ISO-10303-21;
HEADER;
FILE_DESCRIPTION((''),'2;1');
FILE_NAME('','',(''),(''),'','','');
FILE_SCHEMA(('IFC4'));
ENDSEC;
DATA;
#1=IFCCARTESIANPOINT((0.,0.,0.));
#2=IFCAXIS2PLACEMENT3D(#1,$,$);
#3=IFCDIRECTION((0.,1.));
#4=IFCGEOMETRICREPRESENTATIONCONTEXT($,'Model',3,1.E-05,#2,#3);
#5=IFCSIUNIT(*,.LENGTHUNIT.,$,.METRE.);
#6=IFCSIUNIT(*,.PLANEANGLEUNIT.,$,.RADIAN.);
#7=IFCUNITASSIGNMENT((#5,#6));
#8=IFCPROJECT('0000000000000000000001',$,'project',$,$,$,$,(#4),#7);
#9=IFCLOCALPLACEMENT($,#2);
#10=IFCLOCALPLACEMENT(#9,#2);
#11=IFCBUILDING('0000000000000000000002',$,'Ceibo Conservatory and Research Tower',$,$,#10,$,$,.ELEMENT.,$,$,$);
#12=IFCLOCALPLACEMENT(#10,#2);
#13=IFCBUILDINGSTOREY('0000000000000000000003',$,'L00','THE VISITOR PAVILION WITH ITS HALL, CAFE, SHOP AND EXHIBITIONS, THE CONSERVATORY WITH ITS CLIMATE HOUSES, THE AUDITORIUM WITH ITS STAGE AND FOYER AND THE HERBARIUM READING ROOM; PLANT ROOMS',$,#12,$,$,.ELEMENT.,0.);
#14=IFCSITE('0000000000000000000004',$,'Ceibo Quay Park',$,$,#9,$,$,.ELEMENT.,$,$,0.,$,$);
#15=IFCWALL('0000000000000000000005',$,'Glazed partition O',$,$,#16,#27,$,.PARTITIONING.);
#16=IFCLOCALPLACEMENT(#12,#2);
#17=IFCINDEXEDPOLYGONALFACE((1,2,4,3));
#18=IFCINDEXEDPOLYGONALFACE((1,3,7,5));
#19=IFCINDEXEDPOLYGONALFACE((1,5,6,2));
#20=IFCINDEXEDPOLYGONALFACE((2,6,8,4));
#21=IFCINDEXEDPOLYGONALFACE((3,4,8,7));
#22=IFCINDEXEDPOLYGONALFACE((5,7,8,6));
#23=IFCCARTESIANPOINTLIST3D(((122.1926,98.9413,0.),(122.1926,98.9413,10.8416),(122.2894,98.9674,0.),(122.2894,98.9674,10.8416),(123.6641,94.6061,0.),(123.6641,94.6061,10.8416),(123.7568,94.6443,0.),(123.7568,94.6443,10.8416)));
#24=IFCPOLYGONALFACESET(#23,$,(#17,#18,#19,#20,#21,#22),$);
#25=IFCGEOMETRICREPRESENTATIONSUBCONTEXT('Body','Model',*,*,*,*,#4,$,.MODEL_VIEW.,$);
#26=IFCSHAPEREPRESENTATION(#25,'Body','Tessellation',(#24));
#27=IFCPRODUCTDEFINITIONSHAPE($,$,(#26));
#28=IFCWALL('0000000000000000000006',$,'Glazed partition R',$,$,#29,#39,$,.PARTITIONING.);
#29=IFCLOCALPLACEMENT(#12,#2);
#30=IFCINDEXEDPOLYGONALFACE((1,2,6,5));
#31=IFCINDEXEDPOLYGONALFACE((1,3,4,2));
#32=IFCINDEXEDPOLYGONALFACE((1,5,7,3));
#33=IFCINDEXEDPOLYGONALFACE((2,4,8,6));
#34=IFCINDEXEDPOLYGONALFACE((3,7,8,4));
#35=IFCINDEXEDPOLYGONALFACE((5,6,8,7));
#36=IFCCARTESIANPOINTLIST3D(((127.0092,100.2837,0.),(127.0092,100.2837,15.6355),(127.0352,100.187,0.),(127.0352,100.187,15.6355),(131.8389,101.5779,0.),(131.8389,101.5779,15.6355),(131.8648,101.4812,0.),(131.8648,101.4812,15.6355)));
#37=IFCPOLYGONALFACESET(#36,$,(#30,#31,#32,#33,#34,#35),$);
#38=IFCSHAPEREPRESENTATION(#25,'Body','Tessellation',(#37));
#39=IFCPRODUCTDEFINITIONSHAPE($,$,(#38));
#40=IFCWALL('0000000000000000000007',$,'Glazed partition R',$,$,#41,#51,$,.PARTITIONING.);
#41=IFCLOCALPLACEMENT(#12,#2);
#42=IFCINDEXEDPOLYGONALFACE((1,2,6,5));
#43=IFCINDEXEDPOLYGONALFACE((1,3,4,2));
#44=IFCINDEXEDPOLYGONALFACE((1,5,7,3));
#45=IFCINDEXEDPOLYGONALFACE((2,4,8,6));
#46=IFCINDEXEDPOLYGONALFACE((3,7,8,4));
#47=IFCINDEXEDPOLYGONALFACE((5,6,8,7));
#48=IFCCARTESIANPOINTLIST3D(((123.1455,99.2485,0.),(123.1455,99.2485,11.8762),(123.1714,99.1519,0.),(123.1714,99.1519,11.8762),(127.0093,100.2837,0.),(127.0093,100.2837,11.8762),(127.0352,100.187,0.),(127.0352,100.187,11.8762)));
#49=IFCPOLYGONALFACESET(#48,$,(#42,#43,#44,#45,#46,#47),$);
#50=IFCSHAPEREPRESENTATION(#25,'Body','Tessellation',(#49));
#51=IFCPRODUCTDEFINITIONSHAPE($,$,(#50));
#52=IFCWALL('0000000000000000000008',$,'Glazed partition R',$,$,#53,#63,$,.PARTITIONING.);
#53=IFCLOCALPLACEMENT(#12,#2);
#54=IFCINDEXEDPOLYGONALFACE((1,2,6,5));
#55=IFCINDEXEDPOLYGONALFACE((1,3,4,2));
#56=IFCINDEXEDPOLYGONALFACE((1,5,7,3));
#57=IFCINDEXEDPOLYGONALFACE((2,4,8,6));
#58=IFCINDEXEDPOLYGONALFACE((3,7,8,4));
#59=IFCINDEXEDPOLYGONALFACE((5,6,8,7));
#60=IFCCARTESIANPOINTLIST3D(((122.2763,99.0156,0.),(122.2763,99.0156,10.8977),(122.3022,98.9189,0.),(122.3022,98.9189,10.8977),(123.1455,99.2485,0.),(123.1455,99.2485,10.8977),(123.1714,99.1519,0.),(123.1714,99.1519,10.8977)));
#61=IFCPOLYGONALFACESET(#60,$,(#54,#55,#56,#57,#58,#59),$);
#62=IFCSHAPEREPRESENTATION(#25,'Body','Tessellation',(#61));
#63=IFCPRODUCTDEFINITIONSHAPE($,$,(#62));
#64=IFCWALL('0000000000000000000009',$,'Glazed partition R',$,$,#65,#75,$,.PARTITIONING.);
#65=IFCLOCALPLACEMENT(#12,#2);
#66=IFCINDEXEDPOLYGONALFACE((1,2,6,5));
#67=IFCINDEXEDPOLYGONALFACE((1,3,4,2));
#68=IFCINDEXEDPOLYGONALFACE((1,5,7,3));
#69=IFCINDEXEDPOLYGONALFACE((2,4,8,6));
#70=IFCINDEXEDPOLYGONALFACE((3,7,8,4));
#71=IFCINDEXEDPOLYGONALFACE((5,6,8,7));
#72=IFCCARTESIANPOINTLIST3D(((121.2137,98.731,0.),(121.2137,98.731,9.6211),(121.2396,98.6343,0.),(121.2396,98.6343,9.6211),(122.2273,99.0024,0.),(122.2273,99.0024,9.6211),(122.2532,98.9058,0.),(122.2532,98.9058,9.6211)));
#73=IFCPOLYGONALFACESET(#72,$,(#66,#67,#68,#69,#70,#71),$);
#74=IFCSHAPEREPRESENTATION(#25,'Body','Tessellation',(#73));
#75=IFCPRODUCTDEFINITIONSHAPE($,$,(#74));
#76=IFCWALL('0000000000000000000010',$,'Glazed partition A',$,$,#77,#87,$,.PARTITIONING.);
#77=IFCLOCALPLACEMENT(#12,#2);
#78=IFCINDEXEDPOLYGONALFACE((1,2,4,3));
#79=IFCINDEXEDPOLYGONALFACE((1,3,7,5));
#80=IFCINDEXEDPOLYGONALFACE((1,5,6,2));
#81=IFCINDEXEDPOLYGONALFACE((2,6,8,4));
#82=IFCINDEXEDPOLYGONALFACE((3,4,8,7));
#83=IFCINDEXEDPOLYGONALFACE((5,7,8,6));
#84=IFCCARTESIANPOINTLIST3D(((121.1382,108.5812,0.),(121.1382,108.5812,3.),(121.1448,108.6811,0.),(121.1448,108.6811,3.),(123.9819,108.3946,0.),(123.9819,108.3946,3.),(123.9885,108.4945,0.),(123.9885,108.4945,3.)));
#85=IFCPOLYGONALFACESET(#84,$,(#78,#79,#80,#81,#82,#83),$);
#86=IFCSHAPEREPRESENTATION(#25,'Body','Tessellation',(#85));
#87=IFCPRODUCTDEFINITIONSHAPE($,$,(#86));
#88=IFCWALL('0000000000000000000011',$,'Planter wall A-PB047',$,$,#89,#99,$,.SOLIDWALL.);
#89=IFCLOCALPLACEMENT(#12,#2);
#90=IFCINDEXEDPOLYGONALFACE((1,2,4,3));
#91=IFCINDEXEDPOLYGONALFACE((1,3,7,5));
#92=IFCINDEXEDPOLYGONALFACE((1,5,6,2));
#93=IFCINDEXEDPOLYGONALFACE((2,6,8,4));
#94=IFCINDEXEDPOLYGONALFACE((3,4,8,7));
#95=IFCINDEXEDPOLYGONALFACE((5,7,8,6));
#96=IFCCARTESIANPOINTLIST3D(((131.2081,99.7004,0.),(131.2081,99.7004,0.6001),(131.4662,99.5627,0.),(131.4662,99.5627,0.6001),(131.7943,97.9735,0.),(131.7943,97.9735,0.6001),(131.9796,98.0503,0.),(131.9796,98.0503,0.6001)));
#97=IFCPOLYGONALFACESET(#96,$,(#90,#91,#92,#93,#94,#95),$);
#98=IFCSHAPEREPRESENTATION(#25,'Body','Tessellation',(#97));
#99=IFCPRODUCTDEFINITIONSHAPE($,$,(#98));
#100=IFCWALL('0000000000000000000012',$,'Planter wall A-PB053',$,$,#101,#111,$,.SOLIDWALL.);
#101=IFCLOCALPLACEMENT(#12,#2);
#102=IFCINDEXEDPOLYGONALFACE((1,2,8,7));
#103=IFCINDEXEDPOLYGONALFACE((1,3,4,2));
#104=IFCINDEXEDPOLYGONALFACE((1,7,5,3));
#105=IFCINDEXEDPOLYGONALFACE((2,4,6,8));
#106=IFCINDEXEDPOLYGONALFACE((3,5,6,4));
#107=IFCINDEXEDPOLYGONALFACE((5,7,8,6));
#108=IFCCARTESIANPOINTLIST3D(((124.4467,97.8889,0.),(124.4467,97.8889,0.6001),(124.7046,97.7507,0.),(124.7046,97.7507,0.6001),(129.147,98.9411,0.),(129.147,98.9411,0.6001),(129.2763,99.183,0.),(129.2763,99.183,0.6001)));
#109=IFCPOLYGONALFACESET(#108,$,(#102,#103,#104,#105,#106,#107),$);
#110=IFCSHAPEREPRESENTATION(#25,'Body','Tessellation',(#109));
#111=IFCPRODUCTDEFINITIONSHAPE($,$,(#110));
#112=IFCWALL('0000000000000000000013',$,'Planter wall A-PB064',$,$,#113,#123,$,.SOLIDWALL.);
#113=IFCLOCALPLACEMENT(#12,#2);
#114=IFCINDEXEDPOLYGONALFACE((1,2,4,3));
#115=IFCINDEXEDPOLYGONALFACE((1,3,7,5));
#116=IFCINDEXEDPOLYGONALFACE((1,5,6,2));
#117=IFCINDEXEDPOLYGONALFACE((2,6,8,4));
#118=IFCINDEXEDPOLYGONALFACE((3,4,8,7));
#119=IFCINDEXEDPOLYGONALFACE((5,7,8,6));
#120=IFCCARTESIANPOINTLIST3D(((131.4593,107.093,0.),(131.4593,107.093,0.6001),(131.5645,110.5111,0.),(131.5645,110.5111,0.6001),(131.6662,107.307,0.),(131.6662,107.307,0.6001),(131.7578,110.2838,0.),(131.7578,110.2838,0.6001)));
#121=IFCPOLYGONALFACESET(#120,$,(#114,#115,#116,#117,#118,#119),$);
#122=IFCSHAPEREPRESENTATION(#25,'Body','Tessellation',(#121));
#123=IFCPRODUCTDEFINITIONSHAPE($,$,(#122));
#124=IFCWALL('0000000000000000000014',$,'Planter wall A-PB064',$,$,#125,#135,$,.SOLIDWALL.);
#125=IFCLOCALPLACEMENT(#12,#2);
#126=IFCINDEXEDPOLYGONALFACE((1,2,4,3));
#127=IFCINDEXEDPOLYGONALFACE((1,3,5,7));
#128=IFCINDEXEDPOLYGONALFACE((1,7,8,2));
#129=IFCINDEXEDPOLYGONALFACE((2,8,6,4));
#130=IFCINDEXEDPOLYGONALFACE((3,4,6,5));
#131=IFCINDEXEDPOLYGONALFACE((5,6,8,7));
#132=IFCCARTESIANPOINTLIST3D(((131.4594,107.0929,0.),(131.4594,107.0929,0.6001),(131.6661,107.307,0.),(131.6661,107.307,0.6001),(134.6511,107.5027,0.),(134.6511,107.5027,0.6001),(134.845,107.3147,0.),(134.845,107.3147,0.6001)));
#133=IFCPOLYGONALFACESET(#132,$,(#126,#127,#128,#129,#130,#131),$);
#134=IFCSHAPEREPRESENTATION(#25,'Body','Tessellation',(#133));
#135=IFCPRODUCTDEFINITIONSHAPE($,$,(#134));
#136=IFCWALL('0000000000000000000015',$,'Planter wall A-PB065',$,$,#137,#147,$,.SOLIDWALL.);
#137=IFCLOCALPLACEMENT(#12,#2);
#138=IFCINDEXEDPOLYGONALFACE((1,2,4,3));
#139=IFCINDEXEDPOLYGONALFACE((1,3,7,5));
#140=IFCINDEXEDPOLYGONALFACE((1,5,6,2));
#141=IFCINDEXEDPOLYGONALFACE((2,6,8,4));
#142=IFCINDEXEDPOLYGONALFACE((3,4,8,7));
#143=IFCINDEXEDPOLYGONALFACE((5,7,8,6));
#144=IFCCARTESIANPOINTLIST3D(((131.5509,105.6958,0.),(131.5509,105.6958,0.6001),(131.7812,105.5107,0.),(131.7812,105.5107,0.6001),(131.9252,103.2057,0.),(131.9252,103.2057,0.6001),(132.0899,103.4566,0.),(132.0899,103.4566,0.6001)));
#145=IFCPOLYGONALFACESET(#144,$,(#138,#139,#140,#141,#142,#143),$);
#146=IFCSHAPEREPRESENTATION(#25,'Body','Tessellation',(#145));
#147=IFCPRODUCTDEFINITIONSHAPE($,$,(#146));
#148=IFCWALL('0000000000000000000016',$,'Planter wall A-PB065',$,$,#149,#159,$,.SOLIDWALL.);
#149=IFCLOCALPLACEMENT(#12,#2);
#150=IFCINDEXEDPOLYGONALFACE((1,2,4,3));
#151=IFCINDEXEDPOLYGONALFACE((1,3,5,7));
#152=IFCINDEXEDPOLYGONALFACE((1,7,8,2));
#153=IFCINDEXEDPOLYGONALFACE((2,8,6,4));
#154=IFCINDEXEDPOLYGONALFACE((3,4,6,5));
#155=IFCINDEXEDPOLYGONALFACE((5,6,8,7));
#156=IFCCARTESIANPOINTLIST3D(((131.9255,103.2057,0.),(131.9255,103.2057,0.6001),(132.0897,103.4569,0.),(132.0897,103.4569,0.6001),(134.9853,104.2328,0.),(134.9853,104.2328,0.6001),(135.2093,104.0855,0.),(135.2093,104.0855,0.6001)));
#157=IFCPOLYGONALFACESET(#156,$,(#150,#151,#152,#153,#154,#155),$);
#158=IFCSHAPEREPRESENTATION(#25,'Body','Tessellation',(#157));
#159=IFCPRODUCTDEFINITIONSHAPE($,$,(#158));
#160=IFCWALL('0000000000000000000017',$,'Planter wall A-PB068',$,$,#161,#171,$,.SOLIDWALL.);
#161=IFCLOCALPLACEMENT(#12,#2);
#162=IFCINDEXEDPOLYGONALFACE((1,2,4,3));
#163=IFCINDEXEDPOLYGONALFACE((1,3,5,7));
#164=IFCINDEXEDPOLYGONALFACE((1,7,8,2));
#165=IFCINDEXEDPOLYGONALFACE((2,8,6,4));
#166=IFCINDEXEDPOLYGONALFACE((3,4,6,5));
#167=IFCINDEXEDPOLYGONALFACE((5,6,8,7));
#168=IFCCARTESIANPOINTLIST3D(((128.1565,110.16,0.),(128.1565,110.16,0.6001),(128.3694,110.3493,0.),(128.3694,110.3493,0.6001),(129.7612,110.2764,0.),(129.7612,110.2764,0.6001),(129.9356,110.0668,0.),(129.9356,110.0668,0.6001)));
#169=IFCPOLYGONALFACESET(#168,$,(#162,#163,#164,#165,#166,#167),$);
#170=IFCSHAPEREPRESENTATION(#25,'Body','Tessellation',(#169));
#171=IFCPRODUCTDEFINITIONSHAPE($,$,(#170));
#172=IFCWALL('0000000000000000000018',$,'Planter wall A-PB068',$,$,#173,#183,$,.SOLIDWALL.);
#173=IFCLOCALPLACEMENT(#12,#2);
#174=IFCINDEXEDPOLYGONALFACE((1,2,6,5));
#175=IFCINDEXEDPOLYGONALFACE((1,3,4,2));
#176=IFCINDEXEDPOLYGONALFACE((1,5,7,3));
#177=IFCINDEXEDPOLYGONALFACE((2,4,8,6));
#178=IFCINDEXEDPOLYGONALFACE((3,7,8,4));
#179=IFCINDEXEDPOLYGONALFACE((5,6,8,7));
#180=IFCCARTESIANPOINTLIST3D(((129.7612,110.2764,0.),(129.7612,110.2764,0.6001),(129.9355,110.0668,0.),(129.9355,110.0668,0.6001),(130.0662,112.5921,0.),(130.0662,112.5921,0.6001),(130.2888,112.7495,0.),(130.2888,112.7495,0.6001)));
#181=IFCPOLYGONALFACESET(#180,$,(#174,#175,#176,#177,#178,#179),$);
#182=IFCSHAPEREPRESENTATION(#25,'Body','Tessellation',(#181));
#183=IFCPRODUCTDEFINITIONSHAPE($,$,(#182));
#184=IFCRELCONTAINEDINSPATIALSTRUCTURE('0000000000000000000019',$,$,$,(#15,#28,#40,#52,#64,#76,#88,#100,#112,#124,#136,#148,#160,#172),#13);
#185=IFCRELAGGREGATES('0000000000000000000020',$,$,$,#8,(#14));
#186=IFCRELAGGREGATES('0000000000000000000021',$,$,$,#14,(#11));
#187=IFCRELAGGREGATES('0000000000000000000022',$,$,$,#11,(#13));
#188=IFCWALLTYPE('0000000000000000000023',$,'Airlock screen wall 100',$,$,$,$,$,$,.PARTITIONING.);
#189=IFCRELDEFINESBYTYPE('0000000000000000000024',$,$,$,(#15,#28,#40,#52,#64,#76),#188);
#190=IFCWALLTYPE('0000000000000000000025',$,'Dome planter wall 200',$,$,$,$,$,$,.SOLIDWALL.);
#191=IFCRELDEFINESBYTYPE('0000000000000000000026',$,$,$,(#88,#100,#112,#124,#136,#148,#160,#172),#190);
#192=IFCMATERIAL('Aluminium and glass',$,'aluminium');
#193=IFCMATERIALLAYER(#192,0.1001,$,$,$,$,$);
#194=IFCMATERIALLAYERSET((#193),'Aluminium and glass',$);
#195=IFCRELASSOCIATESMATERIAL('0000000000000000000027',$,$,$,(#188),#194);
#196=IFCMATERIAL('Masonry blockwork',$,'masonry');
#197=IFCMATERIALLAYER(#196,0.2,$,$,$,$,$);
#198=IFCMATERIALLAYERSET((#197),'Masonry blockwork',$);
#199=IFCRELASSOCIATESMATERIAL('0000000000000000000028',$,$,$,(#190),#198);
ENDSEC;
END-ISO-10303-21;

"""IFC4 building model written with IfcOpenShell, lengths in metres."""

from ifc_helpers import new_model, si_unit, direction, frame, frame_2d, origin, place, context, subcontext, project, spatial, polyline, rectangle, outline, extrude, material, layer, layer_set, type_object, element, save


model = new_model("IFC4")

# Units and contexts
model_context = context("Model", 3, precision=1e-05, world=origin(), true_north=direction((0.0, 1.0)))
body_context = subcontext(model_context, "Body", "Model", "MODEL_VIEW")
ifc_project = project(units=[si_unit("LENGTHUNIT", "METRE"), si_unit("PLANEANGLEUNIT", "RADIAN")], contexts=[model_context])

# Site, building, storey
site_placement = place(None, origin())
site = spatial("IfcSite", under=ifc_project, at=site_placement, Name="Ceibo Quay Park", CompositionType="ELEMENT", RefElevation=0.0)
building_placement = place(site_placement, origin())
building = spatial("IfcBuilding", under=site, at=building_placement, Name="Ceibo Conservatory and Research Tower", CompositionType="ELEMENT")
storey_placement = place(building_placement, origin())
storey = spatial("IfcBuildingStorey", under=building, at=storey_placement, Name="L00", Description="THE VISITOR PAVILION WITH ITS HALL, CAFE, SHOP AND EXHIBITIONS, THE CONSERVATORY WITH ITS CLIMATE HOUSES, THE AUDITORIUM WITH ITS STAGE AND FOYER AND THE HERBARIUM READING ROOM; PLANT ROOMS", CompositionType="ELEMENT", Elevation=0.0)

# Walls
ifc_material_1 = material(Name="Aluminium and glass", Category="aluminium")
ifc_layer_1 = layer(ifc_material_1, 0.1001)
ifc_layer_set_1 = layer_set([ifc_layer_1], Name="Aluminium and glass")
wall_type_1 = type_object("IfcWallType", Name="Airlock screen wall 100", PredefinedType="PARTITIONING", material=ifc_layer_set_1)
for number, where, z_axis, x_axis, name in (
    (1, (122.241, 98.9543, 0.0), (0.0, 0.0, 1.0), (0.32143, -0.946933, 0.0), "Glazed partition O"),
):
    element("IfcWall", number, at=place(storey_placement, frame(where, z_axis=z_axis, x_axis=x_axis)), inside=storey, type_object=wall_type_1, Name=name, PredefinedType="PARTITIONING", context=body_context, shape_type="SweptSolid", body=[
        extrude(outline(polyline([(-0.0032, -0.05), (4.575, -0.05), (4.5686, 0.05), (0.0032, 0.05), (-0.0032, -0.05)])), origin(), (0.0, 0.0, 1.0), 10.8416),
    ])
wall_1_placement = place(storey_placement, frame((131.8518, 101.5295, 0.0), z_axis=(0.0, 0.0, 1.0), x_axis=(-0.965921, -0.258839, 0.0)))
element("IfcWall", 2, at=wall_1_placement, inside=storey, type_object=wall_type_1, Name="Glazed partition R", PredefinedType="PARTITIONING", context=body_context, shape_type="SweptSolid", body=[
    extrude(rectangle(XDim=5.0, YDim=0.1001, at=frame_2d((2.5, 0.0))), origin(), (0.0, 0.0, 1.0), 15.6355),
])
wall_2_placement = place(storey_placement, frame((127.0222, 100.2354, 0.0), z_axis=(0.0, 0.0, 1.0), x_axis=(-0.965934, -0.258787, 0.0)))
element("IfcWall", 3, at=wall_2_placement, inside=storey, type_object=wall_type_1, Name="Glazed partition R", PredefinedType="PARTITIONING", context=body_context, shape_type="SweptSolid", body=[
    extrude(rectangle(XDim=4.0, YDim=0.1001, at=frame_2d((2.0, 0.0))), origin(), (0.0, 0.0, 1.0), 11.8762),
])
wall_3_placement = place(storey_placement, frame((123.1584, 99.2002, 0.0), z_axis=(0.0, 0.0, 1.0), x_axis=(-0.965919, -0.258845, 0.0)))
element("IfcWall", 4, at=wall_3_placement, inside=storey, type_object=wall_type_1, Name="Glazed partition R", PredefinedType="PARTITIONING", context=body_context, shape_type="SweptSolid", body=[
    extrude(rectangle(XDim=0.8999, YDim=0.1001, at=frame_2d((0.45, 0.0))), origin(), (0.0, 0.0, 1.0), 10.8977),
])
wall_4_placement = place(storey_placement, frame((122.2402, 98.9541, 0.0), z_axis=(0.0, 0.0, 1.0), x_axis=(-0.965956, -0.258705, 0.0)))
element("IfcWall", 5, at=wall_4_placement, inside=storey, type_object=wall_type_1, Name="Glazed partition R", PredefinedType="PARTITIONING", context=body_context, shape_type="SweptSolid", body=[
    extrude(rectangle(XDim=1.0493, YDim=0.1001, at=frame_2d((0.5247, 0.0))), origin(), (0.0, 0.0, 1.0), 9.6211),
])
wall_5_placement = place(storey_placement, frame((121.1416, 108.6311, 0.0), z_axis=(0.0, 0.0, 1.0), x_axis=(0.997856, -0.06545, 0.0)))
element("IfcWall", 6, at=wall_5_placement, inside=storey, type_object=wall_type_1, Name="Glazed partition A", PredefinedType="PARTITIONING", context=body_context, shape_type="SweptSolid", body=[
    extrude(rectangle(XDim=2.8499, YDim=0.1001, at=frame_2d((1.4248, 0.0))), origin(), (0.0, 0.0, 1.0), 3.0),
])
ifc_material_2 = material(Name="Masonry blockwork", Category="masonry")
ifc_layer_2 = layer(ifc_material_2, 0.2)
ifc_layer_set_2 = layer_set([ifc_layer_2], Name="Masonry blockwork")
wall_type_2 = type_object("IfcWallType", Name="Dome planter wall 200", PredefinedType="SOLIDWALL", material=ifc_layer_set_2)
wall_6_placement = place(storey_placement, frame((131.3372, 99.6316, 0.0), z_axis=(0.0, 0.0, 1.0), x_axis=(0.321447, -0.946928, 0.0)))
element("IfcWall", 7, at=wall_6_placement, inside=storey, type_object=wall_type_2, Name="Planter wall A-PB047", PredefinedType="SOLIDWALL", context=body_context, shape_type="SweptSolid", body=[
    extrude(outline(polyline([(-0.1067, -0.1001), (1.717, -0.1001), (1.7039, 0.1001), (0.1067, 0.1001), (-0.1067, -0.1001)])), origin(), (0.0, 0.0, 1.0), 0.6001),
])
wall_7_placement = place(storey_placement, frame((129.2117, 99.062, 0.0), z_axis=(0.0, 0.0, 1.0), x_axis=(-0.965927, -0.258815, 0.0)))
element("IfcWall", 8, at=wall_7_placement, inside=storey, type_object=wall_type_2, Name="Planter wall A-PB053", PredefinedType="SOLIDWALL", context=body_context, shape_type="SweptSolid", body=[
    extrude(outline(polyline([(-0.0938, -0.1001), (4.9062, -0.1001), (4.6929, 0.1001), (0.0938, 0.1001), (-0.0938, -0.1001)])), origin(), (0.0, 0.0, 1.0), 0.6001),
])
wall_8_placement = place(storey_placement, frame((131.6611, 110.3975, 0.0), z_axis=(0.0, 0.0, 1.0), x_axis=(-0.030756, -0.999527, 0.0)))
element("IfcWall", 9, at=wall_8_placement, inside=storey, type_object=wall_type_2, Name="Planter wall A-PB064", PredefinedType="SOLIDWALL", context=body_context, shape_type="SweptSolid", body=[
    extrude(outline(polyline([(-0.1106, -0.1001), (3.3091, -0.1001), (3.0889, 0.1001), (0.1106, 0.1001), (-0.1106, -0.1001)])), origin(), (0.0, 0.0, 1.0), 0.6001),
])
wall_9_placement = place(storey_placement, frame((131.5627, 107.2, 0.0), z_axis=(0.0, 0.0, 1.0), x_axis=(0.99786, 0.065392, 0.0)))
element("IfcWall", 10, at=wall_9_placement, inside=storey, type_object=wall_type_2, Name="Planter wall A-PB064", PredefinedType="SOLIDWALL", context=body_context, shape_type="SweptSolid", body=[
    extrude(outline(polyline([(-0.1101, -0.1001), (3.2827, -0.1001), (3.1016, 0.1001), (0.1101, 0.1001), (-0.1101, -0.1001)])), origin(), (0.0, 0.0, 1.0), 0.6001),
])
wall_10_placement = place(storey_placement, frame((131.666, 105.6033, 0.0), z_axis=(0.0, 0.0, 1.0), x_axis=(0.148663, -0.988888, 0.0)))
element("IfcWall", 11, at=wall_10_placement, inside=storey, type_object=wall_type_2, Name="Planter wall A-PB065", PredefinedType="SOLIDWALL", context=body_context, shape_type="SweptSolid", body=[
    extrude(outline(polyline([(-0.1086, -0.1001), (2.4094, -0.1001), (2.1858, 0.1001), (0.1086, 0.1001), (-0.1086, -0.1001)])), origin(), (0.0, 0.0, 1.0), 0.6001),
])
wall_11_placement = place(storey_placement, frame((132.0076, 103.3313, 0.0), z_axis=(0.0, 0.0, 1.0), x_axis=(0.965929, 0.258807, 0.0)))
element("IfcWall", 12, at=wall_11_placement, inside=storey, type_object=wall_type_2, Name="Planter wall A-PB065", PredefinedType="SOLIDWALL", context=body_context, shape_type="SweptSolid", body=[
    extrude(outline(polyline([(-0.1118, -0.1001), (3.2878, -0.1001), (3.1096, 0.1001), (0.1118, 0.1001), (-0.1118, -0.1001)])), origin(), (0.0, 0.0, 1.0), 0.6001),
])
wall_12_placement = place(storey_placement, frame((128.2629, 110.2546, 0.0), z_axis=(0.0, 0.0, 1.0), x_axis=(0.998632, -0.052284, 0.0)))
element("IfcWall", 13, at=wall_12_placement, inside=storey, type_object=wall_type_2, Name="Planter wall A-PB068", PredefinedType="SOLIDWALL", context=body_context, shape_type="SweptSolid", body=[
    extrude(outline(polyline([(-0.1013, -0.1001), (1.6802, -0.1001), (1.4951, 0.1001), (0.1013, 0.1001), (-0.1013, -0.1001)])), origin(), (0.0, 0.0, 1.0), 0.6001),
])
wall_13_placement = place(storey_placement, frame((129.8484, 110.1716, 0.0), z_axis=(0.0, 0.0, 1.0), x_axis=(0.130552, 0.991441, 0.0)))
element("IfcWall", 14, at=wall_13_placement, inside=storey, type_object=wall_type_2, Name="Planter wall A-PB068", PredefinedType="SOLIDWALL", context=body_context, shape_type="SweptSolid", body=[
    extrude(outline(polyline([(-0.0925, -0.1001), (2.6133, -0.1001), (2.4282, 0.1001), (0.0925, 0.1001), (-0.0925, -0.1001)])), origin(), (0.0, 0.0, 1.0), 0.6001),
])

save(model, "model.ifc")
